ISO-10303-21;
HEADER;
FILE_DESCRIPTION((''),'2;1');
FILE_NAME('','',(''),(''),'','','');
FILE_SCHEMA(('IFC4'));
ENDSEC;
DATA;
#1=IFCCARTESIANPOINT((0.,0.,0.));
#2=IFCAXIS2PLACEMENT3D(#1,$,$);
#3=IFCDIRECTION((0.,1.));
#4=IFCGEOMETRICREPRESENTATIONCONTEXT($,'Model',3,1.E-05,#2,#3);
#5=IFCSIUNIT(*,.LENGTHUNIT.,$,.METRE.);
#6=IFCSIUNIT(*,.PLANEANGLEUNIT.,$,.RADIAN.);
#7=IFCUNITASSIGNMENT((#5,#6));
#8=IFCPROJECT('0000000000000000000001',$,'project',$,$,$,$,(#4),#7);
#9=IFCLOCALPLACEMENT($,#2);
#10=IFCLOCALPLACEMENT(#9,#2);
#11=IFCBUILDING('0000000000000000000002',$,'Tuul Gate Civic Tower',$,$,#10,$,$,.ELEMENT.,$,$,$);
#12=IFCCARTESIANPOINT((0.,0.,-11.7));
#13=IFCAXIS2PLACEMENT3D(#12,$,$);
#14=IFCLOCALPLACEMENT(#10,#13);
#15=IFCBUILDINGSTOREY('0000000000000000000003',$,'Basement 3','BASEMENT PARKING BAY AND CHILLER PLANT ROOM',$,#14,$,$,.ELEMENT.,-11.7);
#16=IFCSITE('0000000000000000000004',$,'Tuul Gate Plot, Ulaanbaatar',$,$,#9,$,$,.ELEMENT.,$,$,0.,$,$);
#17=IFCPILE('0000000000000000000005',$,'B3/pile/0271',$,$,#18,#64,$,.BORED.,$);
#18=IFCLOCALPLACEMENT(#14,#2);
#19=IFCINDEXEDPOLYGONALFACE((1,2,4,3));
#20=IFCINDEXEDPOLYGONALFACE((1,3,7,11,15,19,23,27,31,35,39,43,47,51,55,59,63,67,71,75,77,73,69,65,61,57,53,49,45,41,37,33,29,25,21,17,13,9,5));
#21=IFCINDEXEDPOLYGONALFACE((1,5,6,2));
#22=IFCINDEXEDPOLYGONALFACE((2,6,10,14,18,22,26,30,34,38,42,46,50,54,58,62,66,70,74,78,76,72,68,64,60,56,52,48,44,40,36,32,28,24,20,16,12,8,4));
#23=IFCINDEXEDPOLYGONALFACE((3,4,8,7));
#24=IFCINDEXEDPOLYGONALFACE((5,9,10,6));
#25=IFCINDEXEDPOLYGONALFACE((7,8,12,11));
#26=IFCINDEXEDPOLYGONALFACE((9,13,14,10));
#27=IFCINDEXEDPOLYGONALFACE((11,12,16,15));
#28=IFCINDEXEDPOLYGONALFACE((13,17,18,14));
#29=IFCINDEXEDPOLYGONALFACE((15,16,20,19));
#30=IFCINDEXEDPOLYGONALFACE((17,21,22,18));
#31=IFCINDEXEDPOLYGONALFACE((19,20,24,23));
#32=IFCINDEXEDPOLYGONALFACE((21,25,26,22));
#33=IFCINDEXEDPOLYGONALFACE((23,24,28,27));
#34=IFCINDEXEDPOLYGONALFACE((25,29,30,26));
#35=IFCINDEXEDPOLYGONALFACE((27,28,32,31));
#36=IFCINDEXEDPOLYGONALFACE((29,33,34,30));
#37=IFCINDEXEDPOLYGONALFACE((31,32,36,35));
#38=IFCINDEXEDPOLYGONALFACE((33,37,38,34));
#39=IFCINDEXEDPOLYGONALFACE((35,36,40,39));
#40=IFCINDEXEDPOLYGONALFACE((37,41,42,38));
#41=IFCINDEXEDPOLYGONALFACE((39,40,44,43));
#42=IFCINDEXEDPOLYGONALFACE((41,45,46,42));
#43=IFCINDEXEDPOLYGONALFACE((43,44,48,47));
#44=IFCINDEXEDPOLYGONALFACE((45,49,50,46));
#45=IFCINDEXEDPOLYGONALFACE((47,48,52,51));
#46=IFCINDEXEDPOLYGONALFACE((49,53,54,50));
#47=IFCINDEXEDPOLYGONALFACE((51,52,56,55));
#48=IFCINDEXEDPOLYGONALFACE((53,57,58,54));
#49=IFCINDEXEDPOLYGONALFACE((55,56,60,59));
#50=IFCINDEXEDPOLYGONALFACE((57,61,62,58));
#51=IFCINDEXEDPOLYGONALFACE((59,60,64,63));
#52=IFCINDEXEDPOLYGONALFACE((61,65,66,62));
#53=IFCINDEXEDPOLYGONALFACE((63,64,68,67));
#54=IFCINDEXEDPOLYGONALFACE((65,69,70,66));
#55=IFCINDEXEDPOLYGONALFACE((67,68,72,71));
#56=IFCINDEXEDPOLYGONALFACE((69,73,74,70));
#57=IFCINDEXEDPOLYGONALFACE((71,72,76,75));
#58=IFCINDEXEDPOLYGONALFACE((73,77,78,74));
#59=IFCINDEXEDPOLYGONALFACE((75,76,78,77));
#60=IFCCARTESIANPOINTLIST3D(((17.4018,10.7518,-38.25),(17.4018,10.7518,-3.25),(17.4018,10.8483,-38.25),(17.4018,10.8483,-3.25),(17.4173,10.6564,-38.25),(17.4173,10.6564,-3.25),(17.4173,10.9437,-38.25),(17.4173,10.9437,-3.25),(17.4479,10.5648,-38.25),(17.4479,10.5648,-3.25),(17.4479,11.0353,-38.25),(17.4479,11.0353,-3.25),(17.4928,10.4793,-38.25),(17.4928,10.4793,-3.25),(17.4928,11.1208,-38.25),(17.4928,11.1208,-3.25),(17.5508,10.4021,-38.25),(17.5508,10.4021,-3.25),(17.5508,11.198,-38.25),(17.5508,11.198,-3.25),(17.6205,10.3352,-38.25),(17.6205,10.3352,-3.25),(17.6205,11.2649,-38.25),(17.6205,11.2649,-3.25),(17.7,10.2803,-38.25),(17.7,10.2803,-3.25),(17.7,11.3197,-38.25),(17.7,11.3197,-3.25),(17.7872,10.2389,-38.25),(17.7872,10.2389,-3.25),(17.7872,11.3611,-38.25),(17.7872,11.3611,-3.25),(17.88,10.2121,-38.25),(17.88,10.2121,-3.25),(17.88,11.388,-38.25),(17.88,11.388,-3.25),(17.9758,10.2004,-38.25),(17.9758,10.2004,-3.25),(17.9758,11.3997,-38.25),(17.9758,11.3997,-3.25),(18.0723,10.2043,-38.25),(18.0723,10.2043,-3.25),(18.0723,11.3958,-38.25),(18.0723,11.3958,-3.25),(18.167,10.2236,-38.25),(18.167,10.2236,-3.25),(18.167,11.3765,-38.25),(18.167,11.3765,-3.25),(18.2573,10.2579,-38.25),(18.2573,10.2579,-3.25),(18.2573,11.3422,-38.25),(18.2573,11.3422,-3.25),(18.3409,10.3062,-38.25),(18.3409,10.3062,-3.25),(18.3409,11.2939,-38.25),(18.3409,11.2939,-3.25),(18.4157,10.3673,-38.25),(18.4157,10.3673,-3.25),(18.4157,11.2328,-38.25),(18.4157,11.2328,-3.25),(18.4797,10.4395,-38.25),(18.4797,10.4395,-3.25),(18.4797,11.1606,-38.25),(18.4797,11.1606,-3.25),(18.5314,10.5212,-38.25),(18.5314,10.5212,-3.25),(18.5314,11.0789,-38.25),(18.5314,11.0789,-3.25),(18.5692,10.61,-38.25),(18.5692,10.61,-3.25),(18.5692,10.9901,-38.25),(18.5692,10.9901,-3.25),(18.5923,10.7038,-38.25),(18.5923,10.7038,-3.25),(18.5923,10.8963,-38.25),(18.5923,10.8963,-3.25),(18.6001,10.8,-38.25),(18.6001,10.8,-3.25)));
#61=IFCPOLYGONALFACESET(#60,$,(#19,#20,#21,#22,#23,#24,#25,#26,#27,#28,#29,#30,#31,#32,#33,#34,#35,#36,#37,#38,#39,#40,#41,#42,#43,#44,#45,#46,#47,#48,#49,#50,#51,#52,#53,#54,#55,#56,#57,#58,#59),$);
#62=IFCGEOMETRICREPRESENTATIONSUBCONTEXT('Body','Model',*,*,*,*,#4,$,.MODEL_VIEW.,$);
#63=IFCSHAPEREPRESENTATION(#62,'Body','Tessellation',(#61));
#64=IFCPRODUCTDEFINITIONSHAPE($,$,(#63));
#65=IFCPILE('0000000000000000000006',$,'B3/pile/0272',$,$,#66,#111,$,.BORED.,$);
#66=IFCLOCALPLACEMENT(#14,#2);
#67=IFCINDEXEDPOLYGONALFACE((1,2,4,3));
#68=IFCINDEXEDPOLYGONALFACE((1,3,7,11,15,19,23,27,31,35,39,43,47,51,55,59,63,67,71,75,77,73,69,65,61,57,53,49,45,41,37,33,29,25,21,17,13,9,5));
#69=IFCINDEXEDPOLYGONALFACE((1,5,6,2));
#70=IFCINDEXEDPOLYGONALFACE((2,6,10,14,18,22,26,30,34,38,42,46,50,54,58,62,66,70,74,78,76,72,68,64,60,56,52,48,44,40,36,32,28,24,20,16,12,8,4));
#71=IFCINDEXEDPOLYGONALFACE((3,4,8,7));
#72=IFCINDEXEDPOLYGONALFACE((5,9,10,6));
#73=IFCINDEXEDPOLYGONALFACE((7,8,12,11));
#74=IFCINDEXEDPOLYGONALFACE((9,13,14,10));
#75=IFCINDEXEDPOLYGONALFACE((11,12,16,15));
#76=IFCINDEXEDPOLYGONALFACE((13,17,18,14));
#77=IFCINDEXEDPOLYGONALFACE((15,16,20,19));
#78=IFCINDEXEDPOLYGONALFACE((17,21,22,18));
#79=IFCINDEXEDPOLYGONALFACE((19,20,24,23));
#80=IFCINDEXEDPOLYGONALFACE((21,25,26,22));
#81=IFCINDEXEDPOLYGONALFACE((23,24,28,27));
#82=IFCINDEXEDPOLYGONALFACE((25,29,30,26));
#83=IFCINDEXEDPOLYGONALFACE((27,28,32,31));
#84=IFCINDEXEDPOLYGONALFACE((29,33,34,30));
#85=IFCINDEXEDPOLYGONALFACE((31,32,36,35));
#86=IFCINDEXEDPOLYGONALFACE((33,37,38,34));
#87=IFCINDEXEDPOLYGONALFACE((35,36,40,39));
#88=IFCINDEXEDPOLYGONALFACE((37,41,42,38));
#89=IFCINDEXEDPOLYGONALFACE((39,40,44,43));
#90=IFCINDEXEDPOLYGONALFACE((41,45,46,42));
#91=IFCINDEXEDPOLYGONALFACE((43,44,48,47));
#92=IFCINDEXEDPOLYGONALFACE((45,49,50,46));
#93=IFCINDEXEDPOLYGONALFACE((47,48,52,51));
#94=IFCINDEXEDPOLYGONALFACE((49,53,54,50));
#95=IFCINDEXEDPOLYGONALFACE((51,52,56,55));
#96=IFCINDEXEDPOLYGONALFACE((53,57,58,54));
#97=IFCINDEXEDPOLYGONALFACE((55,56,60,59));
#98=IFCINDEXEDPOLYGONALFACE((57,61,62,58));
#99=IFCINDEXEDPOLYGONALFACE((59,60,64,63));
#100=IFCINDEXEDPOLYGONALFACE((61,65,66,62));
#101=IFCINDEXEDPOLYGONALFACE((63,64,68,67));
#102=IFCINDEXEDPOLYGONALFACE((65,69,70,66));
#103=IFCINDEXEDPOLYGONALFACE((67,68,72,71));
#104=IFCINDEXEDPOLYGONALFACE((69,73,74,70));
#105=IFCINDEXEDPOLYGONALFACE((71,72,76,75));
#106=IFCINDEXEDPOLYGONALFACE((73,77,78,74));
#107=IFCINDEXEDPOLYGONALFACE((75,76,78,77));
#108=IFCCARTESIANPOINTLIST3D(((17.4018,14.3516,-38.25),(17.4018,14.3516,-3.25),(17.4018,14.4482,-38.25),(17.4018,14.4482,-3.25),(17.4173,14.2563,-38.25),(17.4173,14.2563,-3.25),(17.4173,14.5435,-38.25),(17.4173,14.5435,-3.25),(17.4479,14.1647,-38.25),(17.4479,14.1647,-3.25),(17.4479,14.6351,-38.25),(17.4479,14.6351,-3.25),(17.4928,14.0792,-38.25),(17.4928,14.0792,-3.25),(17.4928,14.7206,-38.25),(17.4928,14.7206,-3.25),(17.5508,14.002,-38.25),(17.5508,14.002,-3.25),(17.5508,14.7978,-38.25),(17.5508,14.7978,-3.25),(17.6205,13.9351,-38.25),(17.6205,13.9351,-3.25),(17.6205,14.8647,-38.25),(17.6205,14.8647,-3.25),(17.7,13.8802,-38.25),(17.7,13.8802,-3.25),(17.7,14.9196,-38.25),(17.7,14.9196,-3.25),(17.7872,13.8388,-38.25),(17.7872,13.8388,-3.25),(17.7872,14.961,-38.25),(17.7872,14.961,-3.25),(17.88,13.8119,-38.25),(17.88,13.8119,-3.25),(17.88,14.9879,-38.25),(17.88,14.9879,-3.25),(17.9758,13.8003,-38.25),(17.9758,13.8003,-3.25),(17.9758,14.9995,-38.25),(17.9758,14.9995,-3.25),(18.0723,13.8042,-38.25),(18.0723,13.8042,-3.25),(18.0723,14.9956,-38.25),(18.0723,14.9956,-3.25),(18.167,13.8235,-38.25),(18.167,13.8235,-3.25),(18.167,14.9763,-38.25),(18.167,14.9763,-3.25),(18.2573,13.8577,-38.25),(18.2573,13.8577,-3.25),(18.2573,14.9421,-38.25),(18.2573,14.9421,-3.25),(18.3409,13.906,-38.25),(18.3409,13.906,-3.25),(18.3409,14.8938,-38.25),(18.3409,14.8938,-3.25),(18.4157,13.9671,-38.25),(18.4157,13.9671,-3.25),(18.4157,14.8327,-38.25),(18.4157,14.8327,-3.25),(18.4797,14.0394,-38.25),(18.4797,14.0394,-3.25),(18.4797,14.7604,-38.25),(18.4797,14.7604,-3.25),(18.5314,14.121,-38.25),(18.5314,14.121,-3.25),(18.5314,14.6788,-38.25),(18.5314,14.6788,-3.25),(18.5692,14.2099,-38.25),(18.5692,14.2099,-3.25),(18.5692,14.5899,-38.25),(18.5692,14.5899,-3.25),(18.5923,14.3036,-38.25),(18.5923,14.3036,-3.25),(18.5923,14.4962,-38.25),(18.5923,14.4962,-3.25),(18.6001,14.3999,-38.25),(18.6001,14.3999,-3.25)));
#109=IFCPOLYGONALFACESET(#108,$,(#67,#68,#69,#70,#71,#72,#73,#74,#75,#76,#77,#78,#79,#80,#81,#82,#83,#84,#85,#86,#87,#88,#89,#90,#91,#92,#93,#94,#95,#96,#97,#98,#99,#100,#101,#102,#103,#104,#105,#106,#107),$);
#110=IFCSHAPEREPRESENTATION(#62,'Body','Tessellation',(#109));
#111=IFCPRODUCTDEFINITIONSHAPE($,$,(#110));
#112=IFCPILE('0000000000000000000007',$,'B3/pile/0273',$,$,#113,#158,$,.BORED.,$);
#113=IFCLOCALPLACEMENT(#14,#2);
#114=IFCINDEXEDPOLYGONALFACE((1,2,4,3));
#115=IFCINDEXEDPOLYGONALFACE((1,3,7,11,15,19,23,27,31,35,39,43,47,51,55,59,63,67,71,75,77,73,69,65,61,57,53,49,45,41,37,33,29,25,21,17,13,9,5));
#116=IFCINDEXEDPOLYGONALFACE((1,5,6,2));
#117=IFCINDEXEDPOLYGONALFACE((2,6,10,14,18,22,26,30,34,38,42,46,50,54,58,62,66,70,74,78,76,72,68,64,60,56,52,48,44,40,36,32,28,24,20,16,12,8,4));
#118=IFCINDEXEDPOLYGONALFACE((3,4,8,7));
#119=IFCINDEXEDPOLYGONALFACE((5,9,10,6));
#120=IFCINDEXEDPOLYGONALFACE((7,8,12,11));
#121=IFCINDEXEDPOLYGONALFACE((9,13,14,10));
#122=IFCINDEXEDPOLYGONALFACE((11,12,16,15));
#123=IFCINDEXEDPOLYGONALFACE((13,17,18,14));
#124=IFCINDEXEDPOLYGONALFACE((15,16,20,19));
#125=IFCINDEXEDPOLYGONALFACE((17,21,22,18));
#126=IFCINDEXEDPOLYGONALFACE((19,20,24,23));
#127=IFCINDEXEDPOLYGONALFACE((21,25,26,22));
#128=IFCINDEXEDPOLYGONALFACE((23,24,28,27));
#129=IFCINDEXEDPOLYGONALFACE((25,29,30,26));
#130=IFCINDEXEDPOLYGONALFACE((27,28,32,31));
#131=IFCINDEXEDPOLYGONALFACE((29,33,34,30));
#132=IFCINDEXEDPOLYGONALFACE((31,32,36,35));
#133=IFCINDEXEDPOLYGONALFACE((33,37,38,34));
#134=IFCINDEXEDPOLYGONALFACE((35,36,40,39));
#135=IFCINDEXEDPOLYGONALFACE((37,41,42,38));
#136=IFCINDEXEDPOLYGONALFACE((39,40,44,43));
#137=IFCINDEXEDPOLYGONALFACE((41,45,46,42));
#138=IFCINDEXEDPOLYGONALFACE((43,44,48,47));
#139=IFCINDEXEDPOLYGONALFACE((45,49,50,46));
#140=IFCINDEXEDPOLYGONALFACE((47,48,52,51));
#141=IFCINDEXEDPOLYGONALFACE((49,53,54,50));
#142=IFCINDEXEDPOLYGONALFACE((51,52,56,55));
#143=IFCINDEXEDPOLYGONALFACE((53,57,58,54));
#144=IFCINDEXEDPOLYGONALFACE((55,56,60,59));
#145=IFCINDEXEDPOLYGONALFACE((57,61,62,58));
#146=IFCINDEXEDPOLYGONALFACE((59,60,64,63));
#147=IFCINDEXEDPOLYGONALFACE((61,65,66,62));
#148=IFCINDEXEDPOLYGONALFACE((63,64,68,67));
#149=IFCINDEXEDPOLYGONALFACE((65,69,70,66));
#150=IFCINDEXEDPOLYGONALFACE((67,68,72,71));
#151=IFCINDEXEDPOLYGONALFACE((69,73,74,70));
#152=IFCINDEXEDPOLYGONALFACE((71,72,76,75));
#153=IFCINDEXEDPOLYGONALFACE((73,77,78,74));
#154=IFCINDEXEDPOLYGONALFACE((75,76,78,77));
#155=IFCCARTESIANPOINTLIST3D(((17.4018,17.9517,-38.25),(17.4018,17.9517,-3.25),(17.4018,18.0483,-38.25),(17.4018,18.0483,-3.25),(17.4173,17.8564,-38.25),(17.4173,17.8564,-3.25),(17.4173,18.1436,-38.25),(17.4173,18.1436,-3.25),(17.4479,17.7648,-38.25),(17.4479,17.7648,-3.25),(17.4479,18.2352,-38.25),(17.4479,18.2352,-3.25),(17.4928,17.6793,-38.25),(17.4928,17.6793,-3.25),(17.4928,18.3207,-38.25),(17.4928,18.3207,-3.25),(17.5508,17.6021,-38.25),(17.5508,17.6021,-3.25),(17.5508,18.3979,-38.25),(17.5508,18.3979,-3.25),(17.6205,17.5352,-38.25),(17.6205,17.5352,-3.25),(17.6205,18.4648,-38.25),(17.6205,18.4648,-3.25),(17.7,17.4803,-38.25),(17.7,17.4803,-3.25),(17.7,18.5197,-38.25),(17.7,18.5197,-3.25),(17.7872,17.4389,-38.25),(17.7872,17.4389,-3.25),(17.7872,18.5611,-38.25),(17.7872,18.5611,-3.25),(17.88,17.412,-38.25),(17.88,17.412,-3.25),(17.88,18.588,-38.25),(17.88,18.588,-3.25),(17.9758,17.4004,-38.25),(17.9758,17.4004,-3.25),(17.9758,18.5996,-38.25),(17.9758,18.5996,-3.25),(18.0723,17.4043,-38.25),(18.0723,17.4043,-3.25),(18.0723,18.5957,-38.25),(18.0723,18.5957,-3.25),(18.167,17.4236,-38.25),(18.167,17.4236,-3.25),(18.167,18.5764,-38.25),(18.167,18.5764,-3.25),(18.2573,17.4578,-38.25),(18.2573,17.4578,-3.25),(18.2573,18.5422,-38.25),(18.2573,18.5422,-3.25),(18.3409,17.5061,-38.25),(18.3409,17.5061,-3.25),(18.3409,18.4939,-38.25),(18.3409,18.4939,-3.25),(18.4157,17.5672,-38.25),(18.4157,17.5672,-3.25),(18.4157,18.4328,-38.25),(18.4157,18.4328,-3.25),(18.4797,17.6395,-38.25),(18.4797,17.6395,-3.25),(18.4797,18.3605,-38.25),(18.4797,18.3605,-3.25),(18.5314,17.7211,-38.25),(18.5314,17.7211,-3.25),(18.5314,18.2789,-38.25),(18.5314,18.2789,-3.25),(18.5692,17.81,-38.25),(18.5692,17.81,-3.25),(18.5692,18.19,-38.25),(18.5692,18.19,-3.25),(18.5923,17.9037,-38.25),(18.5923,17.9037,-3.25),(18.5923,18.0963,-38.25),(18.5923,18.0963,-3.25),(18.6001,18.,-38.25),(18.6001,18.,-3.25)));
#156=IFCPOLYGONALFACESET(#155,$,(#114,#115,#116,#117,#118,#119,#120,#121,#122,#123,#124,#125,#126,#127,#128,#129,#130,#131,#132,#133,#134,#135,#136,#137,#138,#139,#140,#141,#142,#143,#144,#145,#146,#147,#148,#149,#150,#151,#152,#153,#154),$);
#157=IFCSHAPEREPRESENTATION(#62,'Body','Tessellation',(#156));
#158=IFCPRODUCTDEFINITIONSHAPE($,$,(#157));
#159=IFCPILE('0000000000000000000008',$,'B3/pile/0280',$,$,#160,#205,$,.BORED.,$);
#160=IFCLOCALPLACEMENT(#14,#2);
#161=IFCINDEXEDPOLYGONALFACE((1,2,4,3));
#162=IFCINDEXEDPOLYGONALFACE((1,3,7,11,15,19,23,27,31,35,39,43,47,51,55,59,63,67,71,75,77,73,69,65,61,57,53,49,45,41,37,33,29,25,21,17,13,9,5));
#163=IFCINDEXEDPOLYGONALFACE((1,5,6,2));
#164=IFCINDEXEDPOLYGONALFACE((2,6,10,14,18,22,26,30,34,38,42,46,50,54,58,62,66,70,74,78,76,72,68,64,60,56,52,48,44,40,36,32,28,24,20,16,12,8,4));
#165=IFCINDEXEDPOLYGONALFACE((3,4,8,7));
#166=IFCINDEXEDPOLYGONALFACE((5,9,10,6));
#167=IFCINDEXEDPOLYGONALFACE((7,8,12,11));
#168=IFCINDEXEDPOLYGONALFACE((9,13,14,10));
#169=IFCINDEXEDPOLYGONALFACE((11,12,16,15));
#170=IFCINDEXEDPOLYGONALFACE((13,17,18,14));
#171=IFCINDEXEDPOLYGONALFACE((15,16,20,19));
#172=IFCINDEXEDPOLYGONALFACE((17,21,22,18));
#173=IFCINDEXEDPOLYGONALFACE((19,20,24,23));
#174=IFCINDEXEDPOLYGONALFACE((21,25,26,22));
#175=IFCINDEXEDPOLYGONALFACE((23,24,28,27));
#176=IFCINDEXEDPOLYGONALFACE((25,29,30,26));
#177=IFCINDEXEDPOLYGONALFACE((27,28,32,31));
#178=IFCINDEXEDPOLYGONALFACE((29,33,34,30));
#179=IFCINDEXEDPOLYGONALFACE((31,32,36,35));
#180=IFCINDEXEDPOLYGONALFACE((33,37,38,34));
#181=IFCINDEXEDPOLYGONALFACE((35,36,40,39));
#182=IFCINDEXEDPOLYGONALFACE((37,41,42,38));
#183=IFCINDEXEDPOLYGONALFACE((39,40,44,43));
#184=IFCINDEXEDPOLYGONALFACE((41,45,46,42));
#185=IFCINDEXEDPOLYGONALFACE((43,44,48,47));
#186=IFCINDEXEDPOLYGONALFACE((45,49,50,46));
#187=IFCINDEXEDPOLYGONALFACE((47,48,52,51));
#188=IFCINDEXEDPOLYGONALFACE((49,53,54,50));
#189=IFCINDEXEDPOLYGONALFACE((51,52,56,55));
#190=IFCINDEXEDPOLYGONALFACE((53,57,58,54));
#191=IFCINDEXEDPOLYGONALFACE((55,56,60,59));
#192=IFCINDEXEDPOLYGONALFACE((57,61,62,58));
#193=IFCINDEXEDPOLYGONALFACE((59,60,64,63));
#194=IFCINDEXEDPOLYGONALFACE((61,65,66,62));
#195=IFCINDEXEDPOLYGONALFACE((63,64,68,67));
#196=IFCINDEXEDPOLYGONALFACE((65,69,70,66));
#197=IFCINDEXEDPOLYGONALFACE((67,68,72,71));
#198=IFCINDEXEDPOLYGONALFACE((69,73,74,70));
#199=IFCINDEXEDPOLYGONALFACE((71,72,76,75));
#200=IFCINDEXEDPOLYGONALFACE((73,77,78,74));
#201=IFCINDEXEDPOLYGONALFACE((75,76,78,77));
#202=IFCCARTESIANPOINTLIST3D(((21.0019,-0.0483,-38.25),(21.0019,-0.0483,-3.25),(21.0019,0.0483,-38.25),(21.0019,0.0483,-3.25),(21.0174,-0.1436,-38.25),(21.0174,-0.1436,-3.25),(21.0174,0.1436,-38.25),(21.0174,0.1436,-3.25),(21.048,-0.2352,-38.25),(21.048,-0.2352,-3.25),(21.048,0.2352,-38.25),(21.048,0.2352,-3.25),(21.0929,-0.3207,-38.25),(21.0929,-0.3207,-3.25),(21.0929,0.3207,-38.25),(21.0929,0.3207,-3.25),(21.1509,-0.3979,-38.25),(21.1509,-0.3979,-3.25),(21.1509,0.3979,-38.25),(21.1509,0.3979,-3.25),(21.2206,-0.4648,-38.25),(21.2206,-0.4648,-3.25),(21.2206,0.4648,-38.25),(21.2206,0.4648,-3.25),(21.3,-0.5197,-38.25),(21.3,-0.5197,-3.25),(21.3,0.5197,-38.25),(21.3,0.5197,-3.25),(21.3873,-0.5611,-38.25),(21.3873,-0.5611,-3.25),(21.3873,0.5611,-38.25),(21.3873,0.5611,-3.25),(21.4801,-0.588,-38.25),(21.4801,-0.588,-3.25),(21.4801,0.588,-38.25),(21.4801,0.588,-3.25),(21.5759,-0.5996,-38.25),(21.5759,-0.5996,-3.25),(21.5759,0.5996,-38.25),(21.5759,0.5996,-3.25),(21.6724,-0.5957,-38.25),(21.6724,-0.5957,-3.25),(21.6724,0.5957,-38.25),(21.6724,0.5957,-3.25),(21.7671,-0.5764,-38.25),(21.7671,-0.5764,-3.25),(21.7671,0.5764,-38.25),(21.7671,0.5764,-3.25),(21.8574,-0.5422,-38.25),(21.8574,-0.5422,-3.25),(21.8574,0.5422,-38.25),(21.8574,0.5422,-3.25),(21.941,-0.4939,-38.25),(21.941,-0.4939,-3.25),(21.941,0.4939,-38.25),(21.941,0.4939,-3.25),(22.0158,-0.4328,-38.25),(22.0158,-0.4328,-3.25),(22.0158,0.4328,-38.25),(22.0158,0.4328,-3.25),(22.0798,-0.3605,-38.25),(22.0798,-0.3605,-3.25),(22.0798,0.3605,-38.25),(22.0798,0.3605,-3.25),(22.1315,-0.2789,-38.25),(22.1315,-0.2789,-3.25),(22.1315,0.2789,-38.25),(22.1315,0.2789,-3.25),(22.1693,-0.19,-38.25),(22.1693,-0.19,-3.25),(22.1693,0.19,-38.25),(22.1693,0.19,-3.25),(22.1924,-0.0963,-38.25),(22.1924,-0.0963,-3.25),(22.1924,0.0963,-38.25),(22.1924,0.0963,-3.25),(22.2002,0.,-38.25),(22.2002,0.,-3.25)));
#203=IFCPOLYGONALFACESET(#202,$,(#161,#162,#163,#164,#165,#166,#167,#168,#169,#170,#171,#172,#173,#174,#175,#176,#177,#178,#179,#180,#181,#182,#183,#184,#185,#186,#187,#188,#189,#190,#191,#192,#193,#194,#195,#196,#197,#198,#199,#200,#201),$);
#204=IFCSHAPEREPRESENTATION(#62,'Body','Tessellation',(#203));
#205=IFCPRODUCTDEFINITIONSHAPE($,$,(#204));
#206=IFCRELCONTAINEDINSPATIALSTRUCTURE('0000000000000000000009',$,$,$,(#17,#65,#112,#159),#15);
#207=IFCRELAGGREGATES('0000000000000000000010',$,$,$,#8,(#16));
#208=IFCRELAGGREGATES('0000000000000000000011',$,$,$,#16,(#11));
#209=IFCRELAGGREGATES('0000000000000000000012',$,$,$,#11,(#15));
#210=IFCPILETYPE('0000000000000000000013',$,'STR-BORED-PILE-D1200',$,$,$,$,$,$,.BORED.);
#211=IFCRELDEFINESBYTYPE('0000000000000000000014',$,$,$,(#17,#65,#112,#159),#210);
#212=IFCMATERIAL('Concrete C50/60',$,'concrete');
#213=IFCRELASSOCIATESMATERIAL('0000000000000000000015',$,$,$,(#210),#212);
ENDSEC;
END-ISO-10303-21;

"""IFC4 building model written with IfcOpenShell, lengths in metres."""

from ifc_helpers import new_model, si_unit, direction, frame, origin, origin_2d, place, context, subcontext, project, spatial, circle, extrude, material, material_profile, profile_set, type_object, element, save


model = new_model("IFC4")

# Units and contexts
model_context = context("Model", 3, precision=1e-05, world=origin(), true_north=direction((0.0, 1.0)))
body_context = subcontext(model_context, "Body", "Model", "MODEL_VIEW")
ifc_project = project(units=[si_unit("LENGTHUNIT", "METRE"), si_unit("PLANEANGLEUNIT", "RADIAN")], contexts=[model_context])

# Site, building, storey
site_placement = place(None, origin())
site = spatial("IfcSite", under=ifc_project, at=site_placement, Name="Tuul Gate Plot, Ulaanbaatar", CompositionType="ELEMENT", RefElevation=0.0)
building_placement = place(site_placement, origin())
building = spatial("IfcBuilding", under=site, at=building_placement, Name="Tuul Gate Civic Tower", CompositionType="ELEMENT")
storey_placement = place(building_placement, frame((0.0, 0.0, -11.7)))
storey = spatial("IfcBuildingStorey", under=building, at=storey_placement, Name="Basement 3", Description="BASEMENT PARKING BAY AND CHILLER PLANT ROOM", CompositionType="ELEMENT", Elevation=-11.7)

# Piles
ifc_material_1 = material(Name="Concrete C50/60", Category="concrete")
ifc_material_profile_1 = material_profile(ifc_material_1, circle(Radius=0.6001, at=origin_2d()), Name="PILE1200")
ifc_profile_set_1 = profile_set([ifc_material_profile_1], Name="Concrete C50/60")
pile_type = type_object("IfcPileType", Name="STR-BORED-PILE-D1200", PredefinedType="BORED", material=ifc_profile_set_1)
for number, where, z_axis, x_axis, name in (
    (1, (18.0, 10.8, -3.25), (0.0, 0.0, -1.0), (1.0, 0.0, 0.0), "B3/pile/0271"),
    (2, (18.0, 14.3999, -3.25), (0.0, 0.0, -1.0), (1.0, 0.0, 0.0), "B3/pile/0272"),
    (3, (18.0, 18.0, -3.25), (0.0, 0.0, -1.0), (1.0, 0.0, 0.0), "B3/pile/0273"),
    (4, (21.6001, 0.0, -3.25), (0.0, 0.0, -1.0), (1.0, 0.0, 0.0), "B3/pile/0280"),
):
    element("IfcPile", number, at=place(storey_placement, frame(where, z_axis=z_axis, x_axis=x_axis)), inside=storey, type_object=pile_type, Name=name, PredefinedType="BORED", context=body_context, shape_type="SweptSolid", body=[
        extrude(circle(Radius=0.6001, at=origin_2d()), origin(), (0.0, 0.0, 1.0), 35.0),
    ])

save(model, "model.ifc")
